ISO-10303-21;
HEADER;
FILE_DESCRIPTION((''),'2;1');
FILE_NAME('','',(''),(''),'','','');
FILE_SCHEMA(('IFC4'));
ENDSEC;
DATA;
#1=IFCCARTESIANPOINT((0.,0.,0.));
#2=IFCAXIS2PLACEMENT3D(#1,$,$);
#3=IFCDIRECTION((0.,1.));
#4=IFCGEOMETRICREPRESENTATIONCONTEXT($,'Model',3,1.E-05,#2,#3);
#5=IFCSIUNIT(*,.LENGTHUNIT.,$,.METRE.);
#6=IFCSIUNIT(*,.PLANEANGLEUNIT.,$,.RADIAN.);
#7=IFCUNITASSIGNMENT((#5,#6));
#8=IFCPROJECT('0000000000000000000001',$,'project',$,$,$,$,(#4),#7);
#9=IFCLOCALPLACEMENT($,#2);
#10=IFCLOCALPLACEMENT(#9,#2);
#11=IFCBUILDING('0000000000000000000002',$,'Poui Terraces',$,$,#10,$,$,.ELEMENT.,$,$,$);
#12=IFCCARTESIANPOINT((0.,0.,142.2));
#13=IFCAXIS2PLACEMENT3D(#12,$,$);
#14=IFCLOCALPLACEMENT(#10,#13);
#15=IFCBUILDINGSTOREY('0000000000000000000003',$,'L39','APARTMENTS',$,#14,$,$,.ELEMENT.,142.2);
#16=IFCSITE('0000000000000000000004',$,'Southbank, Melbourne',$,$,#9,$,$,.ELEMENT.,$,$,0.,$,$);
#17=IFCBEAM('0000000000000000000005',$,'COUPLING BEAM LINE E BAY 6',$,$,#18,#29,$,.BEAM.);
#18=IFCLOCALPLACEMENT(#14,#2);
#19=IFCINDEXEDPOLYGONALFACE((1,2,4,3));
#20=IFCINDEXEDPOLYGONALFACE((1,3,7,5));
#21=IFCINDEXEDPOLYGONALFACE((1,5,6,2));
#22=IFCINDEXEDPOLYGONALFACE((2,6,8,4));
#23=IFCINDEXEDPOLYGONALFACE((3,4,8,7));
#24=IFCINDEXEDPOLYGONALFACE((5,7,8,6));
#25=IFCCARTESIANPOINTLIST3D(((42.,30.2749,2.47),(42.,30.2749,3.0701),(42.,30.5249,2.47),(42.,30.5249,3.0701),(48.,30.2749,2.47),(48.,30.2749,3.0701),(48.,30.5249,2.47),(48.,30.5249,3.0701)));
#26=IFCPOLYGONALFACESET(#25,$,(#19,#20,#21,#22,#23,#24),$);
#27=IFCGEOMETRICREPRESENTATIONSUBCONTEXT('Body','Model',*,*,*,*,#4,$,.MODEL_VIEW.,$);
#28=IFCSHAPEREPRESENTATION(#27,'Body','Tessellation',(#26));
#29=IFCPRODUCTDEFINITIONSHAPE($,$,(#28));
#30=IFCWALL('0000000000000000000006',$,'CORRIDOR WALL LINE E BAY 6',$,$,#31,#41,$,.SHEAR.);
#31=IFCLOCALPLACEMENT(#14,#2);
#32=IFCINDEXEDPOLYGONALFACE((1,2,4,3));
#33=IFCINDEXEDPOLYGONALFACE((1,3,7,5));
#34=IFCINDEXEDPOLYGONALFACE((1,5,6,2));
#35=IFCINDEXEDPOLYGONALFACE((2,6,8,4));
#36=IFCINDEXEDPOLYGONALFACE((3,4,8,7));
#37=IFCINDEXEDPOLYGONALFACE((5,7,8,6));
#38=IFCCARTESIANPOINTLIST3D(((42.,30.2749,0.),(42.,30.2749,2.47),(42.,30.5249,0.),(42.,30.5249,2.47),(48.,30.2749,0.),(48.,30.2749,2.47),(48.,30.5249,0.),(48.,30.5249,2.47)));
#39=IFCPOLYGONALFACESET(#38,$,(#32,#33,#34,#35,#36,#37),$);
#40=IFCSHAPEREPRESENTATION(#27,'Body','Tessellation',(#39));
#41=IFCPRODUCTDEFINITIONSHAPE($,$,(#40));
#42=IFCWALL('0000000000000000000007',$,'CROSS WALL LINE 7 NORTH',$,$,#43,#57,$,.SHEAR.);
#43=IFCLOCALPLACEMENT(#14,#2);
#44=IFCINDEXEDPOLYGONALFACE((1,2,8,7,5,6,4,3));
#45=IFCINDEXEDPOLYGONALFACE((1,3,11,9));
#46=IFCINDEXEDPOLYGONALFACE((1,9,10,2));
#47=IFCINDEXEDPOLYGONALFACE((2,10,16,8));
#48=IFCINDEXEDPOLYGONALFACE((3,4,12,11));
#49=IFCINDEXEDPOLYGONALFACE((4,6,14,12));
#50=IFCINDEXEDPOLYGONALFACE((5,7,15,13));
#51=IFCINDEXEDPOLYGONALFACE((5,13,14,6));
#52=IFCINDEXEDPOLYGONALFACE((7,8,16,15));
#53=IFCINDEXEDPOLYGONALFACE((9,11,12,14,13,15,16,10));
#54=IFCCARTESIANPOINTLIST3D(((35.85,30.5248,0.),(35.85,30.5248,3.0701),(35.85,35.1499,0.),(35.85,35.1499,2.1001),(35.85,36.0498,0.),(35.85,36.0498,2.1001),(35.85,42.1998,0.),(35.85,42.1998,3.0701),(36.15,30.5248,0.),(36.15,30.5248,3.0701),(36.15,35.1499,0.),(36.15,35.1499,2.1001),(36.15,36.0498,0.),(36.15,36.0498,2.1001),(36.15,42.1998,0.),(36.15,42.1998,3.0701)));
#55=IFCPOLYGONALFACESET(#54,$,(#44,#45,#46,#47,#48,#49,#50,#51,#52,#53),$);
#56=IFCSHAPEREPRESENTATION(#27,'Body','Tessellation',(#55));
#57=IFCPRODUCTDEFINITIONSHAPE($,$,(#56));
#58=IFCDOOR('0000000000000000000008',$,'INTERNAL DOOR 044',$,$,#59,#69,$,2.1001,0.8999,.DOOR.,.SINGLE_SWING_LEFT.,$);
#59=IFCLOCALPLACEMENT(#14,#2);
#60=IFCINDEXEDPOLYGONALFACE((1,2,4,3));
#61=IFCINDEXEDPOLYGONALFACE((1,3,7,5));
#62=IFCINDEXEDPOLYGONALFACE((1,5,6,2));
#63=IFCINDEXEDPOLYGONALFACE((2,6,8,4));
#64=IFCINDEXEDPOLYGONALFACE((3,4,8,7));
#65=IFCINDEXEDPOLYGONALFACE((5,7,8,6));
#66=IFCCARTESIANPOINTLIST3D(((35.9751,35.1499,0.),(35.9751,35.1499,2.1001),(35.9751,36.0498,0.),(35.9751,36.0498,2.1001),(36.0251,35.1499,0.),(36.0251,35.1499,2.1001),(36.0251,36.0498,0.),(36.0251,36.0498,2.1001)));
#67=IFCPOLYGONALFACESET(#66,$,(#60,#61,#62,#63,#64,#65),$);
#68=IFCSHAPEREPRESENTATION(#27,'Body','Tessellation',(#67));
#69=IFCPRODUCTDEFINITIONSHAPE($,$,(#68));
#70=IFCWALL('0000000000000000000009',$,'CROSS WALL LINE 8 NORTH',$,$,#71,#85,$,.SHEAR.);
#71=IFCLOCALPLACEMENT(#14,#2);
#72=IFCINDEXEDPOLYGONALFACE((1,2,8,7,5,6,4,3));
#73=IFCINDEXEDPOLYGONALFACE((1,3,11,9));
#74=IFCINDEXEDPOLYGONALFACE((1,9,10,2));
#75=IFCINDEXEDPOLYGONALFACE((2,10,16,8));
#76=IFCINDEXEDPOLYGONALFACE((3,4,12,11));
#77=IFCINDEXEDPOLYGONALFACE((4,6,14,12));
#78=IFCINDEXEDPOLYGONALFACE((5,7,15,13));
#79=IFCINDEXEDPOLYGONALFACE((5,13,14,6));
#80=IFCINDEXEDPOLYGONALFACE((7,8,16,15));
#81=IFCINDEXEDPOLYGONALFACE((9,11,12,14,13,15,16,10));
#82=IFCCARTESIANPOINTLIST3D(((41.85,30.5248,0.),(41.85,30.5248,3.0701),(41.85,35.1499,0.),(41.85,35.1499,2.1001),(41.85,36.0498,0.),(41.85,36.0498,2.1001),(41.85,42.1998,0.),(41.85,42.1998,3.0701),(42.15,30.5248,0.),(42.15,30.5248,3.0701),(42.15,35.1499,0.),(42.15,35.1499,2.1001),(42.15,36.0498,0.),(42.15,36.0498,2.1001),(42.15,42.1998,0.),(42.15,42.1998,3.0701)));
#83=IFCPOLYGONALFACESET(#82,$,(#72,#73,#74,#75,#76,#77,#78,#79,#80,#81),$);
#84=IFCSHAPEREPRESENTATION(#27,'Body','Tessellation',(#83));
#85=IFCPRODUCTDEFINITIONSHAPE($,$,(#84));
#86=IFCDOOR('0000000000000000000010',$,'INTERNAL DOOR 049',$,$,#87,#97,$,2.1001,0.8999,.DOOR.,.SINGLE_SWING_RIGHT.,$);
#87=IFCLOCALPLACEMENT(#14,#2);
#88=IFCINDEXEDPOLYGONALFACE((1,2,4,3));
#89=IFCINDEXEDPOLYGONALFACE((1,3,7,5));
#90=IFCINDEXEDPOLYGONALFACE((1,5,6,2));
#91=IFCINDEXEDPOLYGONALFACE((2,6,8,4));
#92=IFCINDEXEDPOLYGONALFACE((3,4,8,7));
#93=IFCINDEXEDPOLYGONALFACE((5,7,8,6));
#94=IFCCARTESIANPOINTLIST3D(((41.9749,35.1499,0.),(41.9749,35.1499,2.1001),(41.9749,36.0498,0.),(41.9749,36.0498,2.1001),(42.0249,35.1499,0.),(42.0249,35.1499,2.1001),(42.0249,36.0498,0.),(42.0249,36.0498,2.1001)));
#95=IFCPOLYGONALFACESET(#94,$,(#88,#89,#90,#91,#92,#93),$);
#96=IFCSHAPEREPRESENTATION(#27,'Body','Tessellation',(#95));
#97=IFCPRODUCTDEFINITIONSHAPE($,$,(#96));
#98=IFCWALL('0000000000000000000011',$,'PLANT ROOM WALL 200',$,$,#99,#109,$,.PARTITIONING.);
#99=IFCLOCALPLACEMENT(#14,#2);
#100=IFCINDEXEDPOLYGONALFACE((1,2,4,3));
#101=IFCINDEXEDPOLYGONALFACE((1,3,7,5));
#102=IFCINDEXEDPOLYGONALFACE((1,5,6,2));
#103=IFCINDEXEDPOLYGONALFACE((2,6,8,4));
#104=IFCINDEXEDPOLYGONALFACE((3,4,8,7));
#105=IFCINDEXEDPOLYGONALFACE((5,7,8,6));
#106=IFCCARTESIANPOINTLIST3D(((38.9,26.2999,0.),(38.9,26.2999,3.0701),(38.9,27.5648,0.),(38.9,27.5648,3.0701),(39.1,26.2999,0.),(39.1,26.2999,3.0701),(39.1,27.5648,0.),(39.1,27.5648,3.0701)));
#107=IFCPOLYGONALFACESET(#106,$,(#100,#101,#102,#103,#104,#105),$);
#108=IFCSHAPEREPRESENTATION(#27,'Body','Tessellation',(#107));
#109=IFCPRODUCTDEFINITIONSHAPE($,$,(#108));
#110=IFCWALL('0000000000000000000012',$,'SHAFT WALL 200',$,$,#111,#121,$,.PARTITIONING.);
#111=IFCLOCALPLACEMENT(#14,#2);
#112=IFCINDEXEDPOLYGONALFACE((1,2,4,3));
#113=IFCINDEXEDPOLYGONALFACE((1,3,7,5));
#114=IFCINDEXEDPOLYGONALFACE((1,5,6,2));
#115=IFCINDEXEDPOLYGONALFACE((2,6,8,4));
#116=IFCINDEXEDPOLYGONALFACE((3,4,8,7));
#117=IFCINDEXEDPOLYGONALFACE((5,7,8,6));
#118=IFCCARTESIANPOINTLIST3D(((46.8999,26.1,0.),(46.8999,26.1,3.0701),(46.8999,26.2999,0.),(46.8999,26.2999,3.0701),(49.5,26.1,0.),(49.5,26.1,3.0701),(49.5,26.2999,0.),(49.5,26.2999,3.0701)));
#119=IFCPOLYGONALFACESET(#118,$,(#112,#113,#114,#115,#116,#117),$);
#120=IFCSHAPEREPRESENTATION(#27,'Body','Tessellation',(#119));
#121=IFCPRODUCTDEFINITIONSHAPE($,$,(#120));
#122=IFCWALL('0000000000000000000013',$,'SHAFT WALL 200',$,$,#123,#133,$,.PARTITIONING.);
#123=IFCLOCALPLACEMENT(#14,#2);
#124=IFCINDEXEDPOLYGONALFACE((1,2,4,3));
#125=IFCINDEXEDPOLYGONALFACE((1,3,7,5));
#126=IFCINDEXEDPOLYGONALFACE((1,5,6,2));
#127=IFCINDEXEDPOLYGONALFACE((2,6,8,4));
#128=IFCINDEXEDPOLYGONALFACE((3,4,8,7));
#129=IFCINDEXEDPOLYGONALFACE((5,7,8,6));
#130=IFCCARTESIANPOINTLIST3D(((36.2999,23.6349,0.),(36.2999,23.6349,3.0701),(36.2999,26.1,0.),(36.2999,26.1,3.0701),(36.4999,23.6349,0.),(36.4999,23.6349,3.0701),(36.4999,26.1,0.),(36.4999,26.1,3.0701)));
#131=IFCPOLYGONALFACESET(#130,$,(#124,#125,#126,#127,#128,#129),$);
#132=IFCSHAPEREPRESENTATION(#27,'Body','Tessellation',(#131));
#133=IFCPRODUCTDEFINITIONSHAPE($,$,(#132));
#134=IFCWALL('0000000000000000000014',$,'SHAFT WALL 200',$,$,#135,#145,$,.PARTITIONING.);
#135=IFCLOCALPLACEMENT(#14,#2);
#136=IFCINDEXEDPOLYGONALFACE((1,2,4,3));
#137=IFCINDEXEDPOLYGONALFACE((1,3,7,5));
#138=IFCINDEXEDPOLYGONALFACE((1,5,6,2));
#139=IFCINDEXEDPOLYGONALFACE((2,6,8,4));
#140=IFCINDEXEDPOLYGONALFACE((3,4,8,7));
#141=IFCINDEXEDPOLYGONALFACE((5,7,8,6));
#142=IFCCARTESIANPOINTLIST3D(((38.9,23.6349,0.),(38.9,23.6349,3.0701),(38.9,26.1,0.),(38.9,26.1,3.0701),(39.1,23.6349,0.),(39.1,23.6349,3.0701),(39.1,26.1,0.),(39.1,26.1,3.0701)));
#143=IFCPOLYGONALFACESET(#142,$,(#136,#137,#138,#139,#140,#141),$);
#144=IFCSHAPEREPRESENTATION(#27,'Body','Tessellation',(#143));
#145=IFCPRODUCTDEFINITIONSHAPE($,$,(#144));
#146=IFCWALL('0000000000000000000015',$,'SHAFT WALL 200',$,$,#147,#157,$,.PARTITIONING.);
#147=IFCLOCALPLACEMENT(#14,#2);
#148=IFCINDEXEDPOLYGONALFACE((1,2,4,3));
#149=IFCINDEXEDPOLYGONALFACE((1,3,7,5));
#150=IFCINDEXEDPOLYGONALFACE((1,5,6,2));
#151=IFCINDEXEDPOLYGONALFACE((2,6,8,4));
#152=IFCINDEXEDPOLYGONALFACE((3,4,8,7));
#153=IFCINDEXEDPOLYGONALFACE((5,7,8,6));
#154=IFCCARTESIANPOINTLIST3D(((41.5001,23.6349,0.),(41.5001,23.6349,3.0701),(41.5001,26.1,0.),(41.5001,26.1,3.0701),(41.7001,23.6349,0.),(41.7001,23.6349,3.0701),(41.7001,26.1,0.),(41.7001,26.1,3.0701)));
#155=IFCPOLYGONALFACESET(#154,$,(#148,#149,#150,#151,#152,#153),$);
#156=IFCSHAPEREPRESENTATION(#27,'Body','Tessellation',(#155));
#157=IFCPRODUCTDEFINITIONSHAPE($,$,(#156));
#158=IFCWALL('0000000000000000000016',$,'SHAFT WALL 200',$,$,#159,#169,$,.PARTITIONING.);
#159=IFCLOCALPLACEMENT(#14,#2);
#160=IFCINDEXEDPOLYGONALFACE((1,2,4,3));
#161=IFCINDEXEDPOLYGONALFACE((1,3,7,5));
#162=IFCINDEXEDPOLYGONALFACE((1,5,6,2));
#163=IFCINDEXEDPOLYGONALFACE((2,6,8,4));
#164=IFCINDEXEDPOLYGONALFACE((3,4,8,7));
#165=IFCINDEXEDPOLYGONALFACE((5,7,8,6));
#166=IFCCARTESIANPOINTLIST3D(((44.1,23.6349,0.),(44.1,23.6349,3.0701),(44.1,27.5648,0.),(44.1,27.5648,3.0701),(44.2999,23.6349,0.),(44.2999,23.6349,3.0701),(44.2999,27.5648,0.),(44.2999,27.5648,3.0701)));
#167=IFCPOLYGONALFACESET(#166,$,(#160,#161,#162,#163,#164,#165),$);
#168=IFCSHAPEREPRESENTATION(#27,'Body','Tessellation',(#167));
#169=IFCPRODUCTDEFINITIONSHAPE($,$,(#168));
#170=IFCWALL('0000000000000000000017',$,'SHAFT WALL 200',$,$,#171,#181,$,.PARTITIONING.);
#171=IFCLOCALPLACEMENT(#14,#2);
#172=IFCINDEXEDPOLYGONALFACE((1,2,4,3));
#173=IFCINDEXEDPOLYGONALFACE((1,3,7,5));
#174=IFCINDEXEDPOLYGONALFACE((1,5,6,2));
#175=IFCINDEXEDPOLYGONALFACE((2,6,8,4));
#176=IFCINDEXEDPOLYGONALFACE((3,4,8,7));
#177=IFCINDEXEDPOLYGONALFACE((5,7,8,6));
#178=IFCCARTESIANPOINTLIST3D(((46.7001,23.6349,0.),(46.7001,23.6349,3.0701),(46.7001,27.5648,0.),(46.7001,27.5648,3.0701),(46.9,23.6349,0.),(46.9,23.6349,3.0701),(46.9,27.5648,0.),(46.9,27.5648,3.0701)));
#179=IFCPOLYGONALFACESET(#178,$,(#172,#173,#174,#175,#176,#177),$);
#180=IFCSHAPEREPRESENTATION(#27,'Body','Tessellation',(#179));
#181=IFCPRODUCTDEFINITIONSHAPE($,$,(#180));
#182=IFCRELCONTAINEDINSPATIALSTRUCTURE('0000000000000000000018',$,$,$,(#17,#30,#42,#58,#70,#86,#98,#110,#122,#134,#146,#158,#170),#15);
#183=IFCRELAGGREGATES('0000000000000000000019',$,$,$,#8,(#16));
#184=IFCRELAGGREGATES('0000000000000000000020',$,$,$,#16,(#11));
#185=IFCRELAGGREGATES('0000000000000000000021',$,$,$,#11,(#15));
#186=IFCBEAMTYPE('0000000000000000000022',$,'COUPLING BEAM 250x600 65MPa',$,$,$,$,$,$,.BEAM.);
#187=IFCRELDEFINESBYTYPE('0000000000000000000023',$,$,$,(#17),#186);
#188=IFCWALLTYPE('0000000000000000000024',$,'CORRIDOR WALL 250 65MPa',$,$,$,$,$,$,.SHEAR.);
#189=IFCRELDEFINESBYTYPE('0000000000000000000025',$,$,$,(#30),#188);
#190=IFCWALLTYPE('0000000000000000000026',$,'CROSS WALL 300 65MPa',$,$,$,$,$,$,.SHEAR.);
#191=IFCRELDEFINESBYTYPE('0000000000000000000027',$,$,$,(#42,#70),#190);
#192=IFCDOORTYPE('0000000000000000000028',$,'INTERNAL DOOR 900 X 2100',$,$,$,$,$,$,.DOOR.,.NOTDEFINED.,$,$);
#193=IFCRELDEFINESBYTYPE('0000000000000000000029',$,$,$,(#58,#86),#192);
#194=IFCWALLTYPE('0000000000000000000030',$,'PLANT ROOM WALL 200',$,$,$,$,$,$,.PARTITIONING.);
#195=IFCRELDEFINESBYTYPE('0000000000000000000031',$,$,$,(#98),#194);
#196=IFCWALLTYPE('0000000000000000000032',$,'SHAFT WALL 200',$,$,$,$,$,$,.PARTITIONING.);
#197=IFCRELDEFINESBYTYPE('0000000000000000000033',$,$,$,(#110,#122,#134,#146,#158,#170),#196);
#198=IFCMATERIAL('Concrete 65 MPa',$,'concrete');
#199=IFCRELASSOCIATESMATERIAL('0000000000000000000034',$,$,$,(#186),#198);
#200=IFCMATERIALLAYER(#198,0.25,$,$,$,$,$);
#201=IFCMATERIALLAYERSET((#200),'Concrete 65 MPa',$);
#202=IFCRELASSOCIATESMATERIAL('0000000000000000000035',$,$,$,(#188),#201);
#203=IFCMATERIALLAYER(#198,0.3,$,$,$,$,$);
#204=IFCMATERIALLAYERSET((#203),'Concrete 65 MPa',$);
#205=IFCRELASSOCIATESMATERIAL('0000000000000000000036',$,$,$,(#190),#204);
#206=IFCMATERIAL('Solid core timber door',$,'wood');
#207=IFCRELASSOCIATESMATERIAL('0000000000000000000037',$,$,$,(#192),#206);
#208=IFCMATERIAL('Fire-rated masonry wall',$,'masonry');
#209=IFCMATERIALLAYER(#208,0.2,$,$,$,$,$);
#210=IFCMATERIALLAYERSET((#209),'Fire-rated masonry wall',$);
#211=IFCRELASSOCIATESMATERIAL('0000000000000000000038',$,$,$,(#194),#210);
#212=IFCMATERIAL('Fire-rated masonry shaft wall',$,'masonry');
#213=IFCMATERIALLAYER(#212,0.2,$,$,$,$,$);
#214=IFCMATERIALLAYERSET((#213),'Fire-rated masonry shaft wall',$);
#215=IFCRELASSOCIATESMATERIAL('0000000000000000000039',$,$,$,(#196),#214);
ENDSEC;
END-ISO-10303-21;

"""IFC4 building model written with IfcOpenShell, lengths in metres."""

from ifc_helpers import new_model, si_unit, direction, frame, frame_2d, origin, origin_2d, place, context, subcontext, project, spatial, rectangle, extrude, source, transform, mapped, material, layer, layer_set, material_profile, profile_set, type_object, element, fill, save


model = new_model("IFC4")

# Units and contexts
model_context = context("Model", 3, precision=1e-05, world=origin(), true_north=direction((0.0, 1.0)))
body_context = subcontext(model_context, "Body", "Model", "MODEL_VIEW")
ifc_project = project(units=[si_unit("LENGTHUNIT", "METRE"), si_unit("PLANEANGLEUNIT", "RADIAN")], contexts=[model_context])

# Site, building, storey
site_placement = place(None, origin())
site = spatial("IfcSite", under=ifc_project, at=site_placement, Name="Southbank, Melbourne", CompositionType="ELEMENT", RefElevation=0.0)
building_placement = place(site_placement, origin())
building = spatial("IfcBuilding", under=site, at=building_placement, Name="Poui Terraces", CompositionType="ELEMENT")
storey_placement = place(building_placement, frame((0.0, 0.0, 142.2)))
storey = spatial("IfcBuildingStorey", under=building, at=storey_placement, Name="L39", Description="APARTMENTS", CompositionType="ELEMENT", Elevation=142.2)

# Beam
ifc_material_1 = material(Name="Concrete 65 MPa", Category="concrete")
ifc_material_profile = material_profile(ifc_material_1, rectangle(XDim=0.25, YDim=0.6001, at=origin_2d()), Name="RC 250x600")
ifc_profile_set = profile_set([ifc_material_profile], Name="Concrete 65 MPa")
beam_type = type_object("IfcBeamType", Name="COUPLING BEAM 250x600 65MPa", PredefinedType="BEAM", material=ifc_profile_set)
shared_shape = source(origin(), body_context, "Body", "SweptSolid", [
    extrude(rectangle(XDim=0.25, YDim=0.6001, at=origin_2d()), origin(), (0.0, 0.0, 1.0), 6.0),
])
beam_placement = place(storey_placement, frame((42.0, 30.3999, 2.77), z_axis=(1.0, 0.0, 0.0), x_axis=(0.0, 1.0, 0.0)))
element("IfcBeam", 1, at=beam_placement, inside=storey, type_object=beam_type, Name="COUPLING BEAM LINE E BAY 6", PredefinedType="BEAM", context=body_context, shape_type="MappedRepresentation", body=[
    mapped(shared_shape, transform((0.0, 0.0, 0.0))),
])

# Wall
ifc_layer_1 = layer(ifc_material_1, 0.25)
ifc_layer_set_1 = layer_set([ifc_layer_1], Name="Concrete 65 MPa")
wall_type_1 = type_object("IfcWallType", Name="CORRIDOR WALL 250 65MPa", PredefinedType="SHEAR", material=ifc_layer_set_1)
wall_1_placement = place(storey_placement, frame((42.0, 30.3999, 0.0), z_axis=(0.0, 0.0, 1.0), x_axis=(1.0, 0.0, 0.0)))
element("IfcWall", 2, at=wall_1_placement, inside=storey, type_object=wall_type_1, Name="CORRIDOR WALL LINE E BAY 6", PredefinedType="SHEAR", context=body_context, shape_type="SweptSolid", body=[
    extrude(rectangle(XDim=6.0, YDim=0.25, at=frame_2d((3.0, 0.0))), origin(), (0.0, 0.0, 1.0), 2.47),
])

# Walls, openings, doors
ifc_layer_2 = layer(ifc_material_1, 0.3)
ifc_layer_set_2 = layer_set([ifc_layer_2], Name="Concrete 65 MPa")
wall_type_2 = type_object("IfcWallType", Name="CROSS WALL 300 65MPa", PredefinedType="SHEAR", material=ifc_layer_set_2)
wall_2_placement = place(storey_placement, frame((36.0, 30.5249, 0.0), z_axis=(0.0, 0.0, 1.0), x_axis=(0.0, 1.0, 0.0)))
wall_2 = element("IfcWall", 3, at=wall_2_placement, inside=storey, type_object=wall_type_2, Name="CROSS WALL LINE 7 NORTH", PredefinedType="SHEAR", context=body_context, shape_type="SweptSolid", body=[
    extrude(rectangle(XDim=11.675, YDim=0.3, at=frame_2d((5.8374, 0.0))), origin(), (0.0, 0.0, 1.0), 3.0701),
])
opening_1_placement = place(wall_2_placement, frame((4.625, 0.0, 0.0)))
opening_1 = element("IfcOpeningElement", 4, at=opening_1_placement, cuts=wall_2, PredefinedType="OPENING", context=body_context, shape_type="SweptSolid", body=[
    extrude(rectangle(XDim=0.8999, YDim=2.1001, at=frame_2d((0.45, 1.05))), frame((0.0, 0.1602, 0.0), z_axis=(0.0, -1.0, 0.0), x_axis=(1.0, 0.0, 0.0)), (0.0, 0.0, 1.0), 0.3201),
])
ifc_material_2 = material(Name="Solid core timber door", Category="wood")
door_type = type_object("IfcDoorType", Name="INTERNAL DOOR 900 X 2100", OperationType="NOTDEFINED", PredefinedType="DOOR", material=ifc_material_2)
door_1_placement = place(opening_1_placement, origin())
door_1 = element("IfcDoor", 5, at=door_1_placement, inside=storey, type_object=door_type, Name="INTERNAL DOOR 044", OperationType="SINGLE_SWING_LEFT", OverallHeight=2.1001, OverallWidth=0.8999, PredefinedType="DOOR", context=body_context, shape_type="SweptSolid", body=[
    extrude(rectangle(XDim=0.8999, YDim=2.1001, at=frame_2d((0.45, 1.05))), frame((0.0, 0.0249, 0.0), z_axis=(0.0, -1.0, 0.0), x_axis=(1.0, 0.0, 0.0)), (0.0, 0.0, 1.0), 0.05),
])
fill(opening_1, door_1)
wall_3_placement = place(storey_placement, frame((42.0, 30.5249, 0.0), z_axis=(0.0, 0.0, 1.0), x_axis=(0.0, 1.0, 0.0)))
wall_3 = element("IfcWall", 6, at=wall_3_placement, inside=storey, type_object=wall_type_2, Name="CROSS WALL LINE 8 NORTH", PredefinedType="SHEAR", context=body_context, shape_type="SweptSolid", body=[
    extrude(rectangle(XDim=11.675, YDim=0.3, at=frame_2d((5.8374, 0.0))), origin(), (0.0, 0.0, 1.0), 3.0701),
])
opening_2_placement = place(wall_3_placement, frame((4.625, 0.0, 0.0)))
opening_2 = element("IfcOpeningElement", 7, at=opening_2_placement, cuts=wall_3, PredefinedType="OPENING", context=body_context, shape_type="SweptSolid", body=[
    extrude(rectangle(XDim=0.8999, YDim=2.1001, at=frame_2d((0.45, 1.05))), frame((0.0, 0.1602, 0.0), z_axis=(0.0, -1.0, 0.0), x_axis=(1.0, 0.0, 0.0)), (0.0, 0.0, 1.0), 0.3201),
])
door_2_placement = place(opening_2_placement, frame((0.8999, 0.0, 0.0), z_axis=(0.0, 0.0, 1.0), x_axis=(-1.0, 0.0, 0.0)))
door_2 = element("IfcDoor", 8, at=door_2_placement, inside=storey, type_object=door_type, Name="INTERNAL DOOR 049", OperationType="SINGLE_SWING_RIGHT", OverallHeight=2.1001, OverallWidth=0.8999, PredefinedType="DOOR", context=body_context, shape_type="SweptSolid", body=[
    extrude(rectangle(XDim=0.8999, YDim=2.1001, at=frame_2d((0.45, 1.05))), frame((0.0, 0.0249, 0.0), z_axis=(0.0, -1.0, 0.0), x_axis=(1.0, 0.0, 0.0)), (0.0, 0.0, 1.0), 0.05),
])
fill(opening_2, door_2)

# Walls
ifc_material_3 = material(Name="Fire-rated masonry wall", Category="masonry")
ifc_layer_3 = layer(ifc_material_3, 0.2)
ifc_layer_set_3 = layer_set([ifc_layer_3], Name="Fire-rated masonry wall")
wall_type_3 = type_object("IfcWallType", Name="PLANT ROOM WALL 200", PredefinedType="PARTITIONING", material=ifc_layer_set_3)
wall_4_placement = place(storey_placement, frame((39.0, 26.3, 0.0), z_axis=(0.0, 0.0, 1.0), x_axis=(0.0, 1.0, 0.0)))
element("IfcWall", 9, at=wall_4_placement, inside=storey, type_object=wall_type_3, Name="PLANT ROOM WALL 200", PredefinedType="PARTITIONING", context=body_context, shape_type="SweptSolid", body=[
    extrude(rectangle(XDim=1.2649, YDim=0.2, at=frame_2d((0.6323, 0.0))), origin(), (0.0, 0.0, 1.0), 3.0701),
])
ifc_material_4 = material(Name="Fire-rated masonry shaft wall", Category="masonry")
ifc_layer_4 = layer(ifc_material_4, 0.2)
ifc_layer_set_4 = layer_set([ifc_layer_4], Name="Fire-rated masonry shaft wall")
wall_type_4 = type_object("IfcWallType", Name="SHAFT WALL 200", PredefinedType="PARTITIONING", material=ifc_layer_set_4)
wall_5_placement = place(storey_placement, frame((46.8999, 26.2, 0.0), z_axis=(0.0, 0.0, 1.0), x_axis=(1.0, 0.0, 0.0)))
element("IfcWall", 10, at=wall_5_placement, inside=storey, type_object=wall_type_4, Name="SHAFT WALL 200", PredefinedType="PARTITIONING", context=body_context, shape_type="SweptSolid", body=[
    extrude(rectangle(XDim=2.6001, YDim=0.2, at=frame_2d((1.3, 0.0))), origin(), (0.0, 0.0, 1.0), 3.0701),
])
for number, where, z_axis, x_axis, name in (
    (11, (36.3999, 23.635, 0.0), (0.0, 0.0, 1.0), (0.0, 1.0, 0.0), "SHAFT WALL 200"),
    (12, (39.0, 23.635, 0.0), (0.0, 0.0, 1.0), (0.0, 1.0, 0.0), "SHAFT WALL 200"),
    (13, (41.6001, 23.635, 0.0), (0.0, 0.0, 1.0), (0.0, 1.0, 0.0), "SHAFT WALL 200"),
):
    element("IfcWall", number, at=place(storey_placement, frame(where, z_axis=z_axis, x_axis=x_axis)), inside=storey, type_object=wall_type_4, Name=name, PredefinedType="PARTITIONING", context=body_context, shape_type="SweptSolid", body=[
        extrude(rectangle(XDim=2.4651, YDim=0.2, at=frame_2d((1.2324, 0.0))), origin(), (0.0, 0.0, 1.0), 3.0701),
    ])
for number, where, z_axis, x_axis, name in (
    (14, (44.2, 23.635, 0.0), (0.0, 0.0, 1.0), (0.0, 1.0, 0.0), "SHAFT WALL 200"),
    (15, (46.8, 23.635, 0.0), (0.0, 0.0, 1.0), (0.0, 1.0, 0.0), "SHAFT WALL 200"),
):
    element("IfcWall", number, at=place(storey_placement, frame(where, z_axis=z_axis, x_axis=x_axis)), inside=storey, type_object=wall_type_4, Name=name, PredefinedType="PARTITIONING", context=body_context, shape_type="SweptSolid", body=[
        extrude(rectangle(XDim=3.9299, YDim=0.2, at=frame_2d((1.9648, 0.0))), origin(), (0.0, 0.0, 1.0), 3.0701),
    ])

save(model, "model.ifc")
